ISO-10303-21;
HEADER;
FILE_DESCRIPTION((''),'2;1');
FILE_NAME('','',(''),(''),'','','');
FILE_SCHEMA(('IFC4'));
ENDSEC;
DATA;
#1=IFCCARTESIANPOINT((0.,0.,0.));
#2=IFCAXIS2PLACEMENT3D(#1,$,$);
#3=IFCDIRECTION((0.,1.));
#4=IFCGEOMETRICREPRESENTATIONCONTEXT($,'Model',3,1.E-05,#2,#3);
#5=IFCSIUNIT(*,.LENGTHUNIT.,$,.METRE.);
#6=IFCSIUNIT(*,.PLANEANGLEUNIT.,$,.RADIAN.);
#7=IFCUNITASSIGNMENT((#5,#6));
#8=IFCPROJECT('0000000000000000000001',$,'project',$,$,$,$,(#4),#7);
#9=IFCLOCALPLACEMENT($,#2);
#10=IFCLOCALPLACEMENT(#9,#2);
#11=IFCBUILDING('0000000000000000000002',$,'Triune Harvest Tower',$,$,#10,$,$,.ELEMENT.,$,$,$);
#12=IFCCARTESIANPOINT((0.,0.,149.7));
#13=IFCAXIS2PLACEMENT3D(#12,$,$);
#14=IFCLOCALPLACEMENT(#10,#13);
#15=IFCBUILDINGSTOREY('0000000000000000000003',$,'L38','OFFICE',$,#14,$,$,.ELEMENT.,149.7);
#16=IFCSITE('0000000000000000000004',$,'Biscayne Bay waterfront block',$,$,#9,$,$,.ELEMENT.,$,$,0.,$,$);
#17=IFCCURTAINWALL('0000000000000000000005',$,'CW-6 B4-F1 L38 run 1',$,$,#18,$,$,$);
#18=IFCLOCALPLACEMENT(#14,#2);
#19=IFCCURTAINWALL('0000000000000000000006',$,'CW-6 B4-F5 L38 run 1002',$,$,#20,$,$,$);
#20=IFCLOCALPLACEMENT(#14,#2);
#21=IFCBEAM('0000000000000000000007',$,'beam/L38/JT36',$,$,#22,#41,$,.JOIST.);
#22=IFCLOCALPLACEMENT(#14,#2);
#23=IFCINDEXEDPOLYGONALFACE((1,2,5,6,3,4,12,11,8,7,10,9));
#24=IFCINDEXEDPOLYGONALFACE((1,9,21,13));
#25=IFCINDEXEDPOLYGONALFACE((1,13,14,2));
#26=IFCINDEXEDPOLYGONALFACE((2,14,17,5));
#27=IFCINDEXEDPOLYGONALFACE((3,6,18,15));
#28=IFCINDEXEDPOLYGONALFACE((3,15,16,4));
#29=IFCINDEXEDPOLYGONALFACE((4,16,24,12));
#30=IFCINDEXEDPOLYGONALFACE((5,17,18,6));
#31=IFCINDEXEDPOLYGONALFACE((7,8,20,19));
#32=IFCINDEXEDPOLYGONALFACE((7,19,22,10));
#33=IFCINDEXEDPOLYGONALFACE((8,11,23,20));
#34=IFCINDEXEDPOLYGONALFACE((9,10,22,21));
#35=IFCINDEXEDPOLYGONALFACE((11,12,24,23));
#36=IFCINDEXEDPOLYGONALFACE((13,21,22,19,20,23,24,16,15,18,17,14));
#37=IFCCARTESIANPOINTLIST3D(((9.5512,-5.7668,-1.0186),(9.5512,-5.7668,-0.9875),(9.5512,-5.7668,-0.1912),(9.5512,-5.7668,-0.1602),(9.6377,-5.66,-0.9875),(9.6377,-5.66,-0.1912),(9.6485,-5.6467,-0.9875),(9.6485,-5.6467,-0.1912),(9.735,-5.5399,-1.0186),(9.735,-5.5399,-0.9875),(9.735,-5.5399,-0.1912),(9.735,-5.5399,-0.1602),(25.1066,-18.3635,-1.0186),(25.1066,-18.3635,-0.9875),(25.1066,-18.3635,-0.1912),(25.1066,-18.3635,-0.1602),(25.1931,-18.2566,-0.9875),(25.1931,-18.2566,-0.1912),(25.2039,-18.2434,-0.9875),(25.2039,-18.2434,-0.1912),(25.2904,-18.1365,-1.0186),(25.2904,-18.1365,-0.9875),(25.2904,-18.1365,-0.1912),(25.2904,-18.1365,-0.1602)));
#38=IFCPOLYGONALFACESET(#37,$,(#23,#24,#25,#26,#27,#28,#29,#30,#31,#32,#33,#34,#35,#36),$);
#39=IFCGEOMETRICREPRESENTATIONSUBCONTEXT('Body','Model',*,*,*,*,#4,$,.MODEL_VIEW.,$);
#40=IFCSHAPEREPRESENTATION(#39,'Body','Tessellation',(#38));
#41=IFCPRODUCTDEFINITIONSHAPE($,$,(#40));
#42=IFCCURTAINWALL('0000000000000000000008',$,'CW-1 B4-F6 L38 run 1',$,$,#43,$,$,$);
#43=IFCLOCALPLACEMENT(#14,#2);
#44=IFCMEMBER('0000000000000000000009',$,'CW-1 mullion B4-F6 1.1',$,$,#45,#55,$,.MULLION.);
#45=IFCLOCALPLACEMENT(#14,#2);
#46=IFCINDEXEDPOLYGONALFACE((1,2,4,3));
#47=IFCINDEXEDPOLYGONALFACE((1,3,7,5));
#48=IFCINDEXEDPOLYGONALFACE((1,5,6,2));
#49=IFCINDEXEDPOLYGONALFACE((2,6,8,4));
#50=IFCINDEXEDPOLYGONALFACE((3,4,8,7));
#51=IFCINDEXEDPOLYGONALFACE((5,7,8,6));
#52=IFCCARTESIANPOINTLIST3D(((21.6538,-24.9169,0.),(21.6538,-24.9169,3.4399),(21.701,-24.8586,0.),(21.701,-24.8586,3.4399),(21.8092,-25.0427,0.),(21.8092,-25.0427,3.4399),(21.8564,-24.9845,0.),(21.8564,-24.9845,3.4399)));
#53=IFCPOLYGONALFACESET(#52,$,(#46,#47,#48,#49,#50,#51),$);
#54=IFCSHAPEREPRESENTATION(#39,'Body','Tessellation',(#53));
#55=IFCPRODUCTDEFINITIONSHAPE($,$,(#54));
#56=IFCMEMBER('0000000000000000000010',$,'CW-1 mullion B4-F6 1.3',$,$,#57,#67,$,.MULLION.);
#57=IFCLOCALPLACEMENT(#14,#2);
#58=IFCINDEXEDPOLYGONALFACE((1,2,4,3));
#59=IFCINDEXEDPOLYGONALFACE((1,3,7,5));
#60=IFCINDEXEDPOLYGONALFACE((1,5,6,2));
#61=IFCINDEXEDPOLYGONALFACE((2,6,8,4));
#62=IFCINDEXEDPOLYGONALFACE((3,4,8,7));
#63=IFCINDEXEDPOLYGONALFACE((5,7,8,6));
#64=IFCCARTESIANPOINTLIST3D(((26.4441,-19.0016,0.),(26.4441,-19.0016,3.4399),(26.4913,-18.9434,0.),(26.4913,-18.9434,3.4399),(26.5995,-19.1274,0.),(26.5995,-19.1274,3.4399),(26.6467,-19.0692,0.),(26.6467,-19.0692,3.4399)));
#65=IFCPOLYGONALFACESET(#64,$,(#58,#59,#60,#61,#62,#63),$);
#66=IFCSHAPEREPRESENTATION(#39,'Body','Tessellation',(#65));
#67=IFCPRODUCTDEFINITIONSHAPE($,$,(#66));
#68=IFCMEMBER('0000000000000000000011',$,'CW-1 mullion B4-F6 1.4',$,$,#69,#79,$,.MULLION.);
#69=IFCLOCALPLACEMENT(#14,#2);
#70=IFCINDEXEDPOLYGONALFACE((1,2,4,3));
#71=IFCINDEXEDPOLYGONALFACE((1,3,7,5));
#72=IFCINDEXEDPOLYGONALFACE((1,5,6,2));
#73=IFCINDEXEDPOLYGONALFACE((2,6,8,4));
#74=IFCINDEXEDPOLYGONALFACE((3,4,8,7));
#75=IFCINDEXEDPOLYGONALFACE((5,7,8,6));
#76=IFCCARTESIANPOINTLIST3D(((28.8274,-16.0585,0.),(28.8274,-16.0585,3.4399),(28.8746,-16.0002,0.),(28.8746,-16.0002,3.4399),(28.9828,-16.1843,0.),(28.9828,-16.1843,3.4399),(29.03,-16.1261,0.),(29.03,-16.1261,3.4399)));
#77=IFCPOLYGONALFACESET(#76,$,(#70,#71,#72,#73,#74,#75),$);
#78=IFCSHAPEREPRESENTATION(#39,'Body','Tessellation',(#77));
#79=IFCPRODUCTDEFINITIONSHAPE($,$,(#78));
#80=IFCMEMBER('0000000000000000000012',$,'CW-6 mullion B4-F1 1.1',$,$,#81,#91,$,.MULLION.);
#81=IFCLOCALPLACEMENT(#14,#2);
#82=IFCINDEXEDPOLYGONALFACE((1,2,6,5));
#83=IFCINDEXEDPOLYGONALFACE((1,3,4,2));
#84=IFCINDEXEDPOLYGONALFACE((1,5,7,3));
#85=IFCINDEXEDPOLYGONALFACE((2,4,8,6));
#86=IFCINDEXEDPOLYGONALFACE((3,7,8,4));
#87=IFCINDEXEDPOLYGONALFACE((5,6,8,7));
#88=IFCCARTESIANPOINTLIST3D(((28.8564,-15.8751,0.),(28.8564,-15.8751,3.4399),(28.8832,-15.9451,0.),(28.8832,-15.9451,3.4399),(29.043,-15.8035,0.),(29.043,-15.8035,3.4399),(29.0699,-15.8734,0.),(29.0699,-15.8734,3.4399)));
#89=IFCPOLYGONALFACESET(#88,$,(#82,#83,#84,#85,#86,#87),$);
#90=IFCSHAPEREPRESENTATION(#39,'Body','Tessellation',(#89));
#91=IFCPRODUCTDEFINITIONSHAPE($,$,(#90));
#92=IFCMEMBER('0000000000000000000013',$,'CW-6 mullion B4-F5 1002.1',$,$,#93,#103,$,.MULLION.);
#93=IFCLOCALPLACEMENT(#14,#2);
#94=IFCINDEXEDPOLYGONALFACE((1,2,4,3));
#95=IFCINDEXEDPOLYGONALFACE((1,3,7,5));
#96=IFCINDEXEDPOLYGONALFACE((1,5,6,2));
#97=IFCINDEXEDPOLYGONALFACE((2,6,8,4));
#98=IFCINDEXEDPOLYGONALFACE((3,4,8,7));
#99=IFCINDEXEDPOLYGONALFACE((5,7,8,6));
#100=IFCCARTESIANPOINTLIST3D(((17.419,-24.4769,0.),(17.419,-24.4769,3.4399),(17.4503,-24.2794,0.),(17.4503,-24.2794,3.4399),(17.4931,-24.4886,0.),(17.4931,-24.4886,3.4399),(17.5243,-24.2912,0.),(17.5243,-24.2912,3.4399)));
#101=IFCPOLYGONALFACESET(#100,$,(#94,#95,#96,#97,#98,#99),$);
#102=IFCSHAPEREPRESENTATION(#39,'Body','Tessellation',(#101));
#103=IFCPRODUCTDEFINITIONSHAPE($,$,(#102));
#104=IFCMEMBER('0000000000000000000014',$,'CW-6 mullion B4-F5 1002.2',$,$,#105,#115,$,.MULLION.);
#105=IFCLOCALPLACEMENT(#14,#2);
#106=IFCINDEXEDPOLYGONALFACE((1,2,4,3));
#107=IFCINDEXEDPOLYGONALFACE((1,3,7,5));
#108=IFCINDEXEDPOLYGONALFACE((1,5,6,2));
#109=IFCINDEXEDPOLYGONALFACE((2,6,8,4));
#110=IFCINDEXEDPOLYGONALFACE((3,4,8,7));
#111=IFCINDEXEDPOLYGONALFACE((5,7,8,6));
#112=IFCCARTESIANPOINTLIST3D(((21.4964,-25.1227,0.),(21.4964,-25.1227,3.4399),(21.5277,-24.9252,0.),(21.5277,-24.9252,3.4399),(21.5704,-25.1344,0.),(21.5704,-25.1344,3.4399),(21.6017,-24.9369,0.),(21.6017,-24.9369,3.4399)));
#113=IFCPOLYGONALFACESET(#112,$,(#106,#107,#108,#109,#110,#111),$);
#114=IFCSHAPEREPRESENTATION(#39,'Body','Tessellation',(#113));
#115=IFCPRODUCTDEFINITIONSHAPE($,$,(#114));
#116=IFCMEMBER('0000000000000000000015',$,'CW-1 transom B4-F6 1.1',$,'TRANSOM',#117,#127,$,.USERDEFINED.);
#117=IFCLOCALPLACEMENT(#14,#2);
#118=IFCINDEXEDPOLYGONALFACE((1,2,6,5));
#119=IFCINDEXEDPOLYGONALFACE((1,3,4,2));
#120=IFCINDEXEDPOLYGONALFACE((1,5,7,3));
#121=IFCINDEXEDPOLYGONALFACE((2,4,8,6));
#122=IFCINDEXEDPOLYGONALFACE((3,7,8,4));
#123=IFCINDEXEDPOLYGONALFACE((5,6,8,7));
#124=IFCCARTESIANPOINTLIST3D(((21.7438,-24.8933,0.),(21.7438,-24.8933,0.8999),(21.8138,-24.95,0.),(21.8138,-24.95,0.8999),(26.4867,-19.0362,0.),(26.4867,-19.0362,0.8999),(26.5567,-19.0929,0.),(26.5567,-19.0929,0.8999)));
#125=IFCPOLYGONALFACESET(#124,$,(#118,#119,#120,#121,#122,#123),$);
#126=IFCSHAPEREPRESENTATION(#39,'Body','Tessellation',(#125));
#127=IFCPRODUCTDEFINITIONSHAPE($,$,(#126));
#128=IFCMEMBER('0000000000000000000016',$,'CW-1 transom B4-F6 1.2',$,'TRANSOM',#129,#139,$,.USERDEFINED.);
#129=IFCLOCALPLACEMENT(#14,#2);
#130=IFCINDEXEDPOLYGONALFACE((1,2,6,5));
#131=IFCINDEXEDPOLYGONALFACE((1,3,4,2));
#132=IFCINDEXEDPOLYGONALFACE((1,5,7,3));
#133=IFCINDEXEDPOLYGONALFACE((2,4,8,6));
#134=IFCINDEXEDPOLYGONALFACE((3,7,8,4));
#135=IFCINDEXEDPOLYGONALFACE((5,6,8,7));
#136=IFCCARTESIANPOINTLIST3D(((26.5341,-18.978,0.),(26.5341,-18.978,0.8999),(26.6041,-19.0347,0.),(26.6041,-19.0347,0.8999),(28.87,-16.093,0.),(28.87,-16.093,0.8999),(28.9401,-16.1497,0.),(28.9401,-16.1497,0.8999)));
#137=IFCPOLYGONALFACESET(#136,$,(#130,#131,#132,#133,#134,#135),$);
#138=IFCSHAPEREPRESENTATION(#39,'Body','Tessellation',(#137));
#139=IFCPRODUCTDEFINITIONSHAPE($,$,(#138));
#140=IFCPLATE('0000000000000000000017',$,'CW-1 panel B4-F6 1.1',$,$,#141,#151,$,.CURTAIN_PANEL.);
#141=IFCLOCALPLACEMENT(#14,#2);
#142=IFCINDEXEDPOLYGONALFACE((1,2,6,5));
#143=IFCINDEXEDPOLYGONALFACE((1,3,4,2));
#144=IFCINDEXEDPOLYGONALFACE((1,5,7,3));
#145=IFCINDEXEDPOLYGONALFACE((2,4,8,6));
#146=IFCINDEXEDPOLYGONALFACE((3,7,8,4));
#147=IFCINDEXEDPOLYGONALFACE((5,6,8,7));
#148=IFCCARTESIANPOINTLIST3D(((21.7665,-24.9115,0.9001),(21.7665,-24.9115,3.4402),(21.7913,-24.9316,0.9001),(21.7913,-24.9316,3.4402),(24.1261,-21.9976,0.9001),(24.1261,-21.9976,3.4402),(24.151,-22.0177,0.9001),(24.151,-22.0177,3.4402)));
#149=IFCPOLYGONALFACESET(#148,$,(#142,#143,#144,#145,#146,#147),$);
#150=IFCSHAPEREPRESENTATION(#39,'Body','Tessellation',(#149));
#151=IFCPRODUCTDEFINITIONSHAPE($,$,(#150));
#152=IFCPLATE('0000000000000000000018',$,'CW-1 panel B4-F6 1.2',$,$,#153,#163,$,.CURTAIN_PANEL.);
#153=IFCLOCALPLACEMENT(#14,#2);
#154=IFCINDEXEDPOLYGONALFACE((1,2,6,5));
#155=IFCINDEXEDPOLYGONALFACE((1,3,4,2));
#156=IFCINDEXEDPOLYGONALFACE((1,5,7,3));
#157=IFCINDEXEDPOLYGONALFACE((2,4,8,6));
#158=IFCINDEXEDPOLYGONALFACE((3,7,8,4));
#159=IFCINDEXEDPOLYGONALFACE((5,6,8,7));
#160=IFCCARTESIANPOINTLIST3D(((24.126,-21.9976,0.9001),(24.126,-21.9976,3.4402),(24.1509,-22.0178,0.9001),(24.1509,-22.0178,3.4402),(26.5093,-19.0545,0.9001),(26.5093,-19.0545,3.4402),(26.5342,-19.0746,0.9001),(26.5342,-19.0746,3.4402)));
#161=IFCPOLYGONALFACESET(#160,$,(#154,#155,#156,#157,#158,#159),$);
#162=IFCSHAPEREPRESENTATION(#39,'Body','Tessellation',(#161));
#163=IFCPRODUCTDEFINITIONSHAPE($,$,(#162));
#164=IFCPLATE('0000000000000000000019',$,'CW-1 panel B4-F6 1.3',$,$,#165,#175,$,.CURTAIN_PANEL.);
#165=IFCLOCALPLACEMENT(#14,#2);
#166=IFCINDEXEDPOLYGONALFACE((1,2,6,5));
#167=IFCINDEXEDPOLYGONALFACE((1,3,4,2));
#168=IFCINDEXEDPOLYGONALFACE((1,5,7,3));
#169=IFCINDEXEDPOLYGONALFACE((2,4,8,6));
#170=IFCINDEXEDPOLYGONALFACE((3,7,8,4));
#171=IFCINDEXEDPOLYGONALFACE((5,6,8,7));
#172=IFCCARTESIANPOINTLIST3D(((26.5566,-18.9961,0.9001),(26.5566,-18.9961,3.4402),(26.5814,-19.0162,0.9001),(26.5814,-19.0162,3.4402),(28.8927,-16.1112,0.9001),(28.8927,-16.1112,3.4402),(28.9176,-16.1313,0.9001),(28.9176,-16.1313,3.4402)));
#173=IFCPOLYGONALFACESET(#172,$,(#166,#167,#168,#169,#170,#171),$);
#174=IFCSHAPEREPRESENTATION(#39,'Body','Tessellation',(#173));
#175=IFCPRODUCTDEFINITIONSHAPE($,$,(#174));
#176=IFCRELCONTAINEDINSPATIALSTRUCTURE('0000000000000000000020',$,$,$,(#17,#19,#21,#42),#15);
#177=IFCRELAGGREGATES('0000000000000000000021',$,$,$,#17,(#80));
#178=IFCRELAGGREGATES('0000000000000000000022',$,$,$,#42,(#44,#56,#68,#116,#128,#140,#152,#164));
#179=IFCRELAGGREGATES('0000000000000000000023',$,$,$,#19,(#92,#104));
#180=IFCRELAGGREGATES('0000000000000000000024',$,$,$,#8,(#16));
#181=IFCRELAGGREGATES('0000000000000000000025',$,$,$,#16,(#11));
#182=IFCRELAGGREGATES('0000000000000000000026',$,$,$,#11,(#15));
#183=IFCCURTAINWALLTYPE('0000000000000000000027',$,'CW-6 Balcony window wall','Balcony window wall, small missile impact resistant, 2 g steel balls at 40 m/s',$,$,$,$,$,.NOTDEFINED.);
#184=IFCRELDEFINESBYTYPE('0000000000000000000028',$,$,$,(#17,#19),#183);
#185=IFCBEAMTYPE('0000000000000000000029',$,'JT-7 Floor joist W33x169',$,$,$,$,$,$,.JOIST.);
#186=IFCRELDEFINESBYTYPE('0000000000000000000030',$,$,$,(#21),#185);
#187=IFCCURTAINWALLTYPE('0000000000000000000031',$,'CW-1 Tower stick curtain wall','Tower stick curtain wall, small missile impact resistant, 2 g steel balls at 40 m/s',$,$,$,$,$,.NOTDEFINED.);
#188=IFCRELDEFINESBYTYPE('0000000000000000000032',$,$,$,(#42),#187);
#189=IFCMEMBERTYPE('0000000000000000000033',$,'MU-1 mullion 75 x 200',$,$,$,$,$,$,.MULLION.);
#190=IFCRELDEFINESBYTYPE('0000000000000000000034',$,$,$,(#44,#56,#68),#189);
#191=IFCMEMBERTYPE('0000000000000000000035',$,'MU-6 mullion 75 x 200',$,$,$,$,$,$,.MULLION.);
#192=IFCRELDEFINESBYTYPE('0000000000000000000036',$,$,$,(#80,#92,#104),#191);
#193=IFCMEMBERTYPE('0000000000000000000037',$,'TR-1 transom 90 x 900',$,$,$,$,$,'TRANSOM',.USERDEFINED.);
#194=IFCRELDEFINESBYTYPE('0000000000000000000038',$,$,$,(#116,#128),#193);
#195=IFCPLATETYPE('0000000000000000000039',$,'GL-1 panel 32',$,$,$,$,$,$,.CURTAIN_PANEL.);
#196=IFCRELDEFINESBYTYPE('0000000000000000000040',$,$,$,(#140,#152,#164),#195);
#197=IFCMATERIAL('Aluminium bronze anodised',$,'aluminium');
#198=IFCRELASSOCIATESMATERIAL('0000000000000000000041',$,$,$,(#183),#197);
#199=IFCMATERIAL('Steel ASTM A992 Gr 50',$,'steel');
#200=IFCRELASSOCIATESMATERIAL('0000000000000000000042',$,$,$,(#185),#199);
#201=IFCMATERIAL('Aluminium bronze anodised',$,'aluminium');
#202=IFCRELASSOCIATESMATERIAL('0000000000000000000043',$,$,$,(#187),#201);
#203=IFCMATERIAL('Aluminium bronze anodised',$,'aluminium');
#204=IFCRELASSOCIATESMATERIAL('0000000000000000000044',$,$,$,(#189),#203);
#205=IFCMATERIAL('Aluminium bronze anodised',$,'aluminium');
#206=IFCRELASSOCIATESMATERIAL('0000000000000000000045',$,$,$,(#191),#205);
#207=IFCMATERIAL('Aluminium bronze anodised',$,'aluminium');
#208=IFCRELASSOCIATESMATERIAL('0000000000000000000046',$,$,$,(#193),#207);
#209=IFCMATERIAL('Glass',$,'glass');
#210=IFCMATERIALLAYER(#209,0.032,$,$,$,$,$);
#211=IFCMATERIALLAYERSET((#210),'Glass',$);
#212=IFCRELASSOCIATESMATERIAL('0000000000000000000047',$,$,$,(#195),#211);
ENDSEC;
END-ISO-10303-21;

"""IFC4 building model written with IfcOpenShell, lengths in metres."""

from ifc_helpers import new_model, si_unit, direction, frame, origin, origin_2d, place, context, subcontext, project, spatial, rectangle, i_section, extrude, source, transform, mapped, material, layer, layer_set, material_profile, profile_set, type_object, element, aggregate, save


model = new_model("IFC4")

# Units and contexts
model_context = context("Model", 3, precision=1e-05, world=origin(), true_north=direction((0.0, 1.0)))
body_context = subcontext(model_context, "Body", "Model", "MODEL_VIEW")
ifc_project = project(units=[si_unit("LENGTHUNIT", "METRE"), si_unit("PLANEANGLEUNIT", "RADIAN")], contexts=[model_context])

# Site, building, storey
site_placement = place(None, origin())
site = spatial("IfcSite", under=ifc_project, at=site_placement, Name="Biscayne Bay waterfront block", CompositionType="ELEMENT", RefElevation=0.0)
building_placement = place(site_placement, origin())
building = spatial("IfcBuilding", under=site, at=building_placement, Name="Triune Harvest Tower", CompositionType="ELEMENT")
storey_placement = place(building_placement, frame((0.0, 0.0, 149.7)))
storey = spatial("IfcBuildingStorey", under=building, at=storey_placement, Name="L38", Description="OFFICE", CompositionType="ELEMENT", Elevation=149.7)

# Curtain walls
ifc_material_1 = material(Name="Aluminium bronze anodised", Category="aluminium")
curtain_wall_type_1 = type_object("IfcCurtainWallType", Name="CW-6 Balcony window wall", Description="Balcony window wall, small missile impact resistant, 2 g steel balls at 40 m/s", PredefinedType="NOTDEFINED", material=ifc_material_1)
curtain_wall_1_placement = place(storey_placement, origin())
curtain_wall_1 = element("IfcCurtainWall", 1, at=curtain_wall_1_placement, inside=storey, type_object=curtain_wall_type_1, Name="CW-6 B4-F1 L38 run 1")
curtain_wall_2_placement = place(storey_placement, origin())
curtain_wall_2 = element("IfcCurtainWall", 2, at=curtain_wall_2_placement, inside=storey, type_object=curtain_wall_type_1, Name="CW-6 B4-F5 L38 run 1002")

# Beam
ifc_material_2 = material(Name="Steel ASTM A992 Gr 50", Category="steel")
ifc_material_profile_1 = material_profile(ifc_material_2, i_section(OverallWidth=0.292, OverallDepth=0.8584, WebThickness=0.0171, FlangeThickness=0.031, at=origin_2d()), Name="W33x169")
ifc_profile_set_1 = profile_set([ifc_material_profile_1], Name="Steel ASTM A992 Gr 50")
beam_type_1 = type_object("IfcBeamType", Name="JT-7 Floor joist W33x169", PredefinedType="JOIST", material=ifc_profile_set_1)
shared_shape_1 = source(origin(), body_context, "Body", "SweptSolid", [
    extrude(i_section(OverallWidth=0.292, OverallDepth=0.8584, WebThickness=0.0171, FlangeThickness=0.031, at=origin_2d()), origin(), (0.0, 0.0, 1.0), 20.0161),
])
beam_1_placement = place(storey_placement, frame((25.1985, -18.25, -0.5894), z_axis=(-0.777142, 0.629325, 0.0), x_axis=(-0.629325, -0.777142, 0.0)))
element("IfcBeam", 3, at=beam_1_placement, inside=storey, type_object=beam_type_1, Name="beam/L38/JT36", PredefinedType="JOIST", context=body_context, shape_type="MappedRepresentation", body=[
    mapped(shared_shape_1, transform((0.0, 0.0, 0.0), scale=1.0)),
])

# Curtain wall, members
ifc_material_3 = material(Name="Aluminium bronze anodised", Category="aluminium")
curtain_wall_type_2 = type_object("IfcCurtainWallType", Name="CW-1 Tower stick curtain wall", Description="Tower stick curtain wall, small missile impact resistant, 2 g steel balls at 40 m/s", PredefinedType="NOTDEFINED", material=ifc_material_3)
curtain_wall_3_placement = place(storey_placement, origin())
curtain_wall_3 = element("IfcCurtainWall", 4, at=curtain_wall_3_placement, inside=storey, type_object=curtain_wall_type_2, Name="CW-1 B4-F6 L38 run 1")
ifc_material_4 = material(Name="Aluminium bronze anodised", Category="aluminium")
ifc_material_profile_2 = material_profile(ifc_material_4, rectangle(XDim=0.2, YDim=0.075, at=origin_2d()), Name="MU-1 mullion 75 x 200")
ifc_profile_set_2 = profile_set([ifc_material_profile_2], Name="Aluminium bronze anodised")
member_type_1 = type_object("IfcMemberType", Name="MU-1 mullion 75 x 200", PredefinedType="MULLION", material=ifc_profile_set_2)
shared_shape_2 = source(origin(), body_context, "Body", "SweptSolid", [
    extrude(rectangle(XDim=0.2, YDim=0.075, at=origin_2d()), origin(), (0.0, 0.0, 1.0), 3.4399),
])
member_1_placement = place(storey_placement, frame((21.7551, -24.9507, 0.0), z_axis=(0.0, 0.0, 1.0), x_axis=(-0.777146, 0.629321, 0.0)))
member_1 = element("IfcMember", 5, at=member_1_placement, type_object=member_type_1, Name="CW-1 mullion B4-F6 1.1", PredefinedType="MULLION", context=body_context, shape_type="MappedRepresentation", body=[
    mapped(shared_shape_2, transform((0.0, 0.0, 0.0), scale=1.0)),
])
member_2_placement = place(storey_placement, frame((26.5454, -19.0354, 0.0), z_axis=(0.0, 0.0, 1.0), x_axis=(-0.777146, 0.629321, 0.0)))
member_2 = element("IfcMember", 6, at=member_2_placement, type_object=member_type_1, Name="CW-1 mullion B4-F6 1.3", PredefinedType="MULLION", context=body_context, shape_type="MappedRepresentation", body=[
    mapped(shared_shape_2, transform((0.0, 0.0, 0.0), scale=1.0)),
])
member_3_placement = place(storey_placement, frame((28.9287, -16.0923, 0.0), z_axis=(0.0, 0.0, 1.0), x_axis=(-0.777146, 0.629321, 0.0)))
member_3 = element("IfcMember", 7, at=member_3_placement, type_object=member_type_1, Name="CW-1 mullion B4-F6 1.4", PredefinedType="MULLION", context=body_context, shape_type="MappedRepresentation", body=[
    mapped(shared_shape_2, transform((0.0, 0.0, 0.0), scale=1.0)),
])

# Members
ifc_material_5 = material(Name="Aluminium bronze anodised", Category="aluminium")
ifc_material_profile_3 = material_profile(ifc_material_5, rectangle(XDim=0.2, YDim=0.075, at=origin_2d()), Name="MU-6 mullion 75 x 200")
ifc_profile_set_3 = profile_set([ifc_material_profile_3], Name="Aluminium bronze anodised")
member_type_2 = type_object("IfcMemberType", Name="MU-6 mullion 75 x 200", PredefinedType="MULLION", material=ifc_profile_set_3)
shared_shape_3 = source(origin(), body_context, "Body", "SweptSolid", [
    extrude(rectangle(XDim=0.2, YDim=0.075, at=origin_2d()), origin(), (0.0, 0.0, 1.0), 3.4399),
])
member_4_placement = place(storey_placement, frame((28.9631, -15.8743, 0.0), z_axis=(0.0, 0.0, 1.0), x_axis=(-0.933581, -0.358368, 0.0)))
member_4 = element("IfcMember", 8, at=member_4_placement, type_object=member_type_2, Name="CW-6 mullion B4-F1 1.1", PredefinedType="MULLION", context=body_context, shape_type="MappedRepresentation", body=[
    mapped(shared_shape_3, transform((0.0, 0.0, 0.0), scale=1.0)),
])
aggregate(curtain_wall_1, [member_4])
member_5_placement = place(storey_placement, frame((17.4717, -24.384, 0.0), z_axis=(0.0, 0.0, 1.0), x_axis=(0.156435, 0.987688, 0.0)))
member_5 = element("IfcMember", 9, at=member_5_placement, type_object=member_type_2, Name="CW-6 mullion B4-F5 1002.1", PredefinedType="MULLION", context=body_context, shape_type="MappedRepresentation", body=[
    mapped(shared_shape_3, transform((0.0, 0.0, 0.0), scale=1.0)),
])
member_6_placement = place(storey_placement, frame((21.5491, -25.0298, 0.0), z_axis=(0.0, 0.0, 1.0), x_axis=(0.156435, 0.987688, 0.0)))
member_6 = element("IfcMember", 10, at=member_6_placement, type_object=member_type_2, Name="CW-6 mullion B4-F5 1002.2", PredefinedType="MULLION", context=body_context, shape_type="MappedRepresentation", body=[
    mapped(shared_shape_3, transform((0.0, 0.0, 0.0), scale=1.0)),
])
ifc_material_6 = material(Name="Aluminium bronze anodised", Category="aluminium")
ifc_material_profile_4 = material_profile(ifc_material_6, rectangle(XDim=0.0901, YDim=0.8999, at=origin_2d()), Name="TR-1 transom 90 x 900")
ifc_profile_set_4 = profile_set([ifc_material_profile_4], Name="Aluminium bronze anodised")
member_type_3 = type_object("IfcMemberType", Name="TR-1 transom 90 x 900", ElementType="TRANSOM", PredefinedType="USERDEFINED", material=ifc_profile_set_4)
shared_shape_4 = source(origin(), body_context, "Body", "SweptSolid", [
    extrude(rectangle(XDim=0.0901, YDim=0.8999, at=origin_2d()), origin(), (0.0, 0.0, 1.0), 7.5366),
])
member_7_placement = place(storey_placement, frame((21.7788, -24.9216, 0.45), z_axis=(0.62931, 0.777154, 0.0), x_axis=(-0.777154, 0.62931, 0.0)))
member_7 = element("IfcMember", 11, at=member_7_placement, type_object=member_type_3, Name="CW-1 transom B4-F6 1.1", ObjectType="TRANSOM", PredefinedType="USERDEFINED", context=body_context, shape_type="MappedRepresentation", body=[
    mapped(shared_shape_4, transform((0.0, 0.0, 0.0), scale=1.0)),
])
shared_shape_5 = source(origin(), body_context, "Body", "SweptSolid", [
    extrude(rectangle(XDim=0.0901, YDim=0.8999, at=origin_2d()), origin(), (0.0, 0.0, 1.0), 3.7122),
])
member_8_placement = place(storey_placement, frame((26.5691, -19.0063, 0.45), z_axis=(0.629272, 0.777185, 0.0), x_axis=(-0.777185, 0.629272, 0.0)))
member_8 = element("IfcMember", 12, at=member_8_placement, type_object=member_type_3, Name="CW-1 transom B4-F6 1.2", ObjectType="TRANSOM", PredefinedType="USERDEFINED", context=body_context, shape_type="MappedRepresentation", body=[
    mapped(shared_shape_5, transform((0.0, 0.0, 0.0), scale=1.0)),
])

# Plates
ifc_material_7 = material(Name="Glass", Category="glass")
ifc_layer_1 = layer(ifc_material_7, 0.032)
ifc_layer_set_1 = layer_set([ifc_layer_1], Name="Glass")
plate_type_1 = type_object("IfcPlateType", Name="GL-1 panel 32", PredefinedType="CURTAIN_PANEL", material=ifc_layer_set_1)
shared_shape_6 = source(origin(), body_context, "Body", "SweptSolid", [
    extrude(rectangle(XDim=3.7495, YDim=0.032, at=origin_2d()), origin(), (0.0, 0.0, 1.0), 2.54),
])
plate_1_placement = place(storey_placement, frame((22.9587, -23.4646, 0.9001), z_axis=(0.0, 0.0, 1.0), x_axis=(0.629321, 0.777146, 0.0)))
plate_1 = element("IfcPlate", 13, at=plate_1_placement, type_object=plate_type_1, Name="CW-1 panel B4-F6 1.1", PredefinedType="CURTAIN_PANEL", context=body_context, shape_type="MappedRepresentation", body=[
    mapped(shared_shape_6, transform((0.0, 0.0, 0.0), scale=1.0)),
])
shared_shape_7 = source(origin(), body_context, "Body", "SweptSolid", [
    extrude(rectangle(XDim=3.7871, YDim=0.032, at=origin_2d()), origin(), (0.0, 0.0, 1.0), 2.54),
])
plate_2_placement = place(storey_placement, frame((25.3301, -20.5361, 0.9001), z_axis=(0.0, 0.0, 1.0), x_axis=(0.629321, 0.777146, 0.0)))
plate_2 = element("IfcPlate", 14, at=plate_2_placement, type_object=plate_type_1, Name="CW-1 panel B4-F6 1.2", PredefinedType="CURTAIN_PANEL", context=body_context, shape_type="MappedRepresentation", body=[
    mapped(shared_shape_7, transform((0.0, 0.0, 0.0), scale=1.0)),
])
shared_shape_8 = source(origin(), body_context, "Body", "SweptSolid", [
    extrude(rectangle(XDim=3.7122, YDim=0.032, at=origin_2d()), origin(), (0.0, 0.0, 1.0), 2.54),
])
plate_3_placement = place(storey_placement, frame((27.7371, -17.5637, 0.9001), z_axis=(0.0, 0.0, 1.0), x_axis=(0.629321, 0.777146, 0.0)))
plate_3 = element("IfcPlate", 15, at=plate_3_placement, type_object=plate_type_1, Name="CW-1 panel B4-F6 1.3", PredefinedType="CURTAIN_PANEL", context=body_context, shape_type="MappedRepresentation", body=[
    mapped(shared_shape_8, transform((0.0, 0.0, 0.0), scale=1.0)),
])
aggregate(curtain_wall_3, [member_1, member_2, member_3, member_7, member_8, plate_1, plate_2, plate_3])
aggregate(curtain_wall_2, [member_5, member_6])

save(model, "model.ifc")
